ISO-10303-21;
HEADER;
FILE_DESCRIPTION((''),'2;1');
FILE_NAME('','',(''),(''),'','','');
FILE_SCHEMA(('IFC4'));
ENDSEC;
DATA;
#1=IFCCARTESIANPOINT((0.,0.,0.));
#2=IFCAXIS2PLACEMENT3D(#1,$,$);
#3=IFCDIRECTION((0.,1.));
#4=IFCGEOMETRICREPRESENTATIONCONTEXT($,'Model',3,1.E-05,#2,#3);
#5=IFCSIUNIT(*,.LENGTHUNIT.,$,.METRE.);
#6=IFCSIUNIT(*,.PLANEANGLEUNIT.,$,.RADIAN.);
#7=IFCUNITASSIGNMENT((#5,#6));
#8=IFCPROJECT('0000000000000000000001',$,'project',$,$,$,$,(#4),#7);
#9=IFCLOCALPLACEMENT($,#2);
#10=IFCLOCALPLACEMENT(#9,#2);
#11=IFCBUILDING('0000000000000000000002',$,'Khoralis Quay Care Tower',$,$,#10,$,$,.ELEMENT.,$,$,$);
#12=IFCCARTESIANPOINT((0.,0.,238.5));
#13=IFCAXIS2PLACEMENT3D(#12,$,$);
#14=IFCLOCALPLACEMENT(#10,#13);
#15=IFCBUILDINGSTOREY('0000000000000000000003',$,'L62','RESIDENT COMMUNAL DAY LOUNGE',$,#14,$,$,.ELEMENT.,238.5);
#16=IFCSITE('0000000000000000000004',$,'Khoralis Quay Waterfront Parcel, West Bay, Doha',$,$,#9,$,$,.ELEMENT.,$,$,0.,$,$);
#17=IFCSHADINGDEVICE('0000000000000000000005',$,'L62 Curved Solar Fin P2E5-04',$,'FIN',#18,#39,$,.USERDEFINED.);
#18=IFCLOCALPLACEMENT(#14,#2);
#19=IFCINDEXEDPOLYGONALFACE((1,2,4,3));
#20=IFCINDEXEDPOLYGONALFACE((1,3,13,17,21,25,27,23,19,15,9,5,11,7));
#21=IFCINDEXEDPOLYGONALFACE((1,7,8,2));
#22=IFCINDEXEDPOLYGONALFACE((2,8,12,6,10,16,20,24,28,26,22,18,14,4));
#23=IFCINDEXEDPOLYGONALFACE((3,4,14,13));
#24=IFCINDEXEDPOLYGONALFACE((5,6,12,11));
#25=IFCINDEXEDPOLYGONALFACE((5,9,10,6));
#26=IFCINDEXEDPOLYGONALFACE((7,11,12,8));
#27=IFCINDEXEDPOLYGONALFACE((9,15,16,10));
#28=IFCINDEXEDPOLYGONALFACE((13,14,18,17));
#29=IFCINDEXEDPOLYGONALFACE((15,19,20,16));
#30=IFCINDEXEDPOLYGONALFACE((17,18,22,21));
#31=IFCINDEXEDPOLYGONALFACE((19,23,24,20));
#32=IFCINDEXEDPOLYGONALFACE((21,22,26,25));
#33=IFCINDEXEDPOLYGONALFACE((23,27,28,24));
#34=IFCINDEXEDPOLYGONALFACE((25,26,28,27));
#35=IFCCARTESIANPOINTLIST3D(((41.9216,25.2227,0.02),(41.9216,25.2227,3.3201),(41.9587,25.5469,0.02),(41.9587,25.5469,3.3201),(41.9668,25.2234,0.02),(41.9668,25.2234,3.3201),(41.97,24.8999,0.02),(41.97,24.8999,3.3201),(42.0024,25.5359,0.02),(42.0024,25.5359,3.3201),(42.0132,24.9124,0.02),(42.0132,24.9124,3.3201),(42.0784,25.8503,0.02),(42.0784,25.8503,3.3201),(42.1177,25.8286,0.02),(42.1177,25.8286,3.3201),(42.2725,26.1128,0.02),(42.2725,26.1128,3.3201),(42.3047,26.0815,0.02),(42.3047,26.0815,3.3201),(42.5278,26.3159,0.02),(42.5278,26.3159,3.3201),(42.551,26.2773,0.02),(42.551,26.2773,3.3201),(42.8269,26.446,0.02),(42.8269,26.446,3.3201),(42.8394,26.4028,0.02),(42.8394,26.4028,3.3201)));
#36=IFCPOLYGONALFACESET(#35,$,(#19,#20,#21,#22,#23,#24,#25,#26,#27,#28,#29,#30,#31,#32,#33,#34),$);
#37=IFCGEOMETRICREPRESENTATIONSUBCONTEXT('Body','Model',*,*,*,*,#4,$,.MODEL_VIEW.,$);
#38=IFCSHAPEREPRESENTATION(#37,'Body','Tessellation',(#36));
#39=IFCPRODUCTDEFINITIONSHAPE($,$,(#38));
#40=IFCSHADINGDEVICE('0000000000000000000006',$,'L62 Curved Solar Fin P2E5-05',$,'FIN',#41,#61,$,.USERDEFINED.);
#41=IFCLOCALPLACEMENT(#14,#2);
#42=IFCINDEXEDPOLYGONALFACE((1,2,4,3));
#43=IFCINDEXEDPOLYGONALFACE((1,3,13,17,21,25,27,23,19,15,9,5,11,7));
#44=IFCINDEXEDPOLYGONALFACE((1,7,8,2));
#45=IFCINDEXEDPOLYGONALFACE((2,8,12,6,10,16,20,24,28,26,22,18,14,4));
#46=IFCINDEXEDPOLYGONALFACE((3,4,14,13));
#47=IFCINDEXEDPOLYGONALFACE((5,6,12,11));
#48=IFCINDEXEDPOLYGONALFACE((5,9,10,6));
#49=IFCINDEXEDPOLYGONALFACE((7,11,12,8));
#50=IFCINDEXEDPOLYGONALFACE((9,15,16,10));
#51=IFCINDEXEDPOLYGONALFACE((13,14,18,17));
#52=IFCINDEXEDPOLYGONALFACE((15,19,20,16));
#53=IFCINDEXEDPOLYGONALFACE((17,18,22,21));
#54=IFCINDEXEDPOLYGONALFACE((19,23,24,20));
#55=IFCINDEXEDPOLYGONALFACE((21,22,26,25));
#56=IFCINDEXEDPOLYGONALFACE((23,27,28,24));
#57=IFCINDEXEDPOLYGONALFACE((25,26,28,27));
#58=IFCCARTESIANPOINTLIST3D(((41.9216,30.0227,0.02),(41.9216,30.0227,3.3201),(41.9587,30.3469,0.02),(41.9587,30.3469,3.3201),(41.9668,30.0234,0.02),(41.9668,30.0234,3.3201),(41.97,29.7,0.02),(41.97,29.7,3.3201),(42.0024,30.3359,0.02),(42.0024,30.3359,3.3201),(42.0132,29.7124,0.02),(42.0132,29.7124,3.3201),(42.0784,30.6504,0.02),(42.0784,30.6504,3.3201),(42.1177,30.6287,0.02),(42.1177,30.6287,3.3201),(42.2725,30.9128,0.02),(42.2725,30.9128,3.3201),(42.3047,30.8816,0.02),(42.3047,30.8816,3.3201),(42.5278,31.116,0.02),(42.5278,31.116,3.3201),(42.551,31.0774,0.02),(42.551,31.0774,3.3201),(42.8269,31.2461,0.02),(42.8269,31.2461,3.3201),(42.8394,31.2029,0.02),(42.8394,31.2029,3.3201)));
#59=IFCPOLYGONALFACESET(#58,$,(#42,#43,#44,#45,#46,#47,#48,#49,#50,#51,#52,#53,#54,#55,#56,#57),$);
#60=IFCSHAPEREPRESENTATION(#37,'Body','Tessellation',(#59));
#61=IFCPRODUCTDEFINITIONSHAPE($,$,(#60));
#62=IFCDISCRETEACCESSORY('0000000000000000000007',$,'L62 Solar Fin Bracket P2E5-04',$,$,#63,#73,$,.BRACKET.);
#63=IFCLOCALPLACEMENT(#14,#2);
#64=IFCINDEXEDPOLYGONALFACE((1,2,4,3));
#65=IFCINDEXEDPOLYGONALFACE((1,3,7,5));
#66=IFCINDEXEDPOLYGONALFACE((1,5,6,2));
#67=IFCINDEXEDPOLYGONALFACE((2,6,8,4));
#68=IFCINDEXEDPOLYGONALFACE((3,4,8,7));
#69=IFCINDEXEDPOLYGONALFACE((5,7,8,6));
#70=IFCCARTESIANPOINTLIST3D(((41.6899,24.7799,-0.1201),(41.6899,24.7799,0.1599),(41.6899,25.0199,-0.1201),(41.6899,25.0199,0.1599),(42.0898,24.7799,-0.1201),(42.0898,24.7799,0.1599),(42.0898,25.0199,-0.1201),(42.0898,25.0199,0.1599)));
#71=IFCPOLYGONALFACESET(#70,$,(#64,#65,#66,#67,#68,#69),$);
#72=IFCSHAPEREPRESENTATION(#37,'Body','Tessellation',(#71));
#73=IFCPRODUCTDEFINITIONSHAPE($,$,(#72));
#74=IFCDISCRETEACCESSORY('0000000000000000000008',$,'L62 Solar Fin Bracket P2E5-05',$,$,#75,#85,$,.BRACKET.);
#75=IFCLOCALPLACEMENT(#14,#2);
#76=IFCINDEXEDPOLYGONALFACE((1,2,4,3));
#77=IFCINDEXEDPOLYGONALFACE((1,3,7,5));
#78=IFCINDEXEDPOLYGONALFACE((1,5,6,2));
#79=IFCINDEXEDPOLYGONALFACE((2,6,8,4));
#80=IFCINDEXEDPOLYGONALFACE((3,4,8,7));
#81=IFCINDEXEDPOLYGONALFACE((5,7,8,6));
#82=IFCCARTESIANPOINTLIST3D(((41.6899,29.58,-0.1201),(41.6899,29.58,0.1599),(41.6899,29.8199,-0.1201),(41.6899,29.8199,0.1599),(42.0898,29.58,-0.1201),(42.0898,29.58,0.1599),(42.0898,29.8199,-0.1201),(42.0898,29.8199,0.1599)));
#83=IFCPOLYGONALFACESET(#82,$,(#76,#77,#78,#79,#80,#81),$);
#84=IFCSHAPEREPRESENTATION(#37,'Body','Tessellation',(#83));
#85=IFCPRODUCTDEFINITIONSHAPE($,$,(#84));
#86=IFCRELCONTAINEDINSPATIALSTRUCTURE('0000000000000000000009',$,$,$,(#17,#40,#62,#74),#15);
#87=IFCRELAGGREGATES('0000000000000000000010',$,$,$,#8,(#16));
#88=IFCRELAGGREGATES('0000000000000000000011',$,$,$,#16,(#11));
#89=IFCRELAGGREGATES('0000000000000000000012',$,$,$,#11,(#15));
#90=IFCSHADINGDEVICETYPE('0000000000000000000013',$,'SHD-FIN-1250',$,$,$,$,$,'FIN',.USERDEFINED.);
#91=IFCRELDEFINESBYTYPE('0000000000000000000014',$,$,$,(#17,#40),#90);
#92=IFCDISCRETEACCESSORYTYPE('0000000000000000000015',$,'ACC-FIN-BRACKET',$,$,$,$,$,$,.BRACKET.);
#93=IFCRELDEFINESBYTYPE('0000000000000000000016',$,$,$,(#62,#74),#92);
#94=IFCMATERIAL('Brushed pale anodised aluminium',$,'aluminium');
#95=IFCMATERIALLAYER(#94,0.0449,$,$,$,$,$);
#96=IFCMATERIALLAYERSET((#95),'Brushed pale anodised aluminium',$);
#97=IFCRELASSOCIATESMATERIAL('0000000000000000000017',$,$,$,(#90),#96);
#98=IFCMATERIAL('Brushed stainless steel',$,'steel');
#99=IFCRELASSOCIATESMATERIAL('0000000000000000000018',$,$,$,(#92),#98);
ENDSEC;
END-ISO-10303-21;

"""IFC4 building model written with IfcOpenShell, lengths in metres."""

from ifc_helpers import new_model, si_unit, direction, frame, origin, origin_2d, place, context, subcontext, project, spatial, polyline, rectangle, outline, extrude, source, transform, mapped, material, layer, layer_set, type_object, element, save


model = new_model("IFC4")

# Units and contexts
model_context = context("Model", 3, precision=1e-05, world=origin(), true_north=direction((0.0, 1.0)))
body_context = subcontext(model_context, "Body", "Model", "MODEL_VIEW")
ifc_project = project(units=[si_unit("LENGTHUNIT", "METRE"), si_unit("PLANEANGLEUNIT", "RADIAN")], contexts=[model_context])

# Site, building, storey
site_placement = place(None, origin())
site = spatial("IfcSite", under=ifc_project, at=site_placement, Name="Khoralis Quay Waterfront Parcel, West Bay, Doha", CompositionType="ELEMENT", RefElevation=0.0)
building_placement = place(site_placement, origin())
building = spatial("IfcBuilding", under=site, at=building_placement, Name="Khoralis Quay Care Tower", CompositionType="ELEMENT")
storey_placement = place(building_placement, frame((0.0, 0.0, 238.5)))
storey = spatial("IfcBuildingStorey", under=building, at=storey_placement, Name="L62", Description="RESIDENT COMMUNAL DAY LOUNGE", CompositionType="ELEMENT", Elevation=238.5)

# Shared definitions
ifc_material_1 = material(Name="Brushed stainless steel", Category="steel")

# Shading devices
ifc_material_2 = material(Name="Brushed pale anodised aluminium", Category="aluminium")
ifc_layer_1 = layer(ifc_material_2, 0.0449)
ifc_layer_set_1 = layer_set([ifc_layer_1], Name="Brushed pale anodised aluminium")
shading_device_type = type_object("IfcShadingDeviceType", Name="SHD-FIN-1250", ElementType="FIN", PredefinedType="USERDEFINED", material=ifc_layer_set_1)
shared_shape_1 = source(origin(), body_context, "Body", "SweptSolid", [
    extrude(outline(polyline([(0.0, 0.0), (-0.0483, 0.3228), (-0.0112, 0.647), (0.1084, 0.9504), (0.3025, 1.2129), (0.5579, 1.416), (0.8569, 1.5461), (0.8694, 1.5029), (0.5811, 1.3774), (0.3347, 1.1816), (0.1477, 0.9287), (0.0325, 0.636), (-0.0032, 0.3235), (0.0432, 0.0125), (0.0, 0.0)])), origin(), (0.0, 0.0, 1.0), 3.3),
])
for number, where, z_axis, x_axis, name in (
    (1, (41.97, 24.8999, 0.02), (0.0, 0.0, 1.0), (1.0, 0.0, 0.0), "L62 Curved Solar Fin P2E5-04"),
    (2, (41.97, 29.7, 0.02), (0.0, 0.0, 1.0), (1.0, 0.0, 0.0), "L62 Curved Solar Fin P2E5-05"),
):
    element("IfcShadingDevice", number, at=place(storey_placement, frame(where, z_axis=z_axis, x_axis=x_axis)), inside=storey, type_object=shading_device_type, Name=name, ObjectType="FIN", PredefinedType="USERDEFINED", context=body_context, shape_type="MappedRepresentation", body=[
        mapped(shared_shape_1, transform((0.0, 0.0, 0.0), scale=1.0)),
    ])

# Discrete accessories
discrete_accessory_type = type_object("IfcDiscreteAccessoryType", Name="ACC-FIN-BRACKET", PredefinedType="BRACKET", material=ifc_material_1)
shared_shape_2 = source(origin(), body_context, "Body", "SweptSolid", [
    extrude(rectangle(XDim=0.3999, YDim=0.24, at=origin_2d()), origin(), (0.0, 0.0, 1.0), 0.28),
])
for number, where, z_axis, x_axis, name in (
    (3, (41.8899, 24.8999, -0.1201), (0.0, 0.0, 1.0), (1.0, 0.0, 0.0), "L62 Solar Fin Bracket P2E5-04"),
    (4, (41.8899, 29.7, -0.1201), (0.0, 0.0, 1.0), (1.0, 0.0, 0.0), "L62 Solar Fin Bracket P2E5-05"),
):
    element("IfcDiscreteAccessory", number, at=place(storey_placement, frame(where, z_axis=z_axis, x_axis=x_axis)), inside=storey, type_object=discrete_accessory_type, Name=name, PredefinedType="BRACKET", context=body_context, shape_type="MappedRepresentation", body=[
        mapped(shared_shape_2, transform((0.0, 0.0, 0.0), scale=1.0)),
    ])

save(model, "model.ifc")
